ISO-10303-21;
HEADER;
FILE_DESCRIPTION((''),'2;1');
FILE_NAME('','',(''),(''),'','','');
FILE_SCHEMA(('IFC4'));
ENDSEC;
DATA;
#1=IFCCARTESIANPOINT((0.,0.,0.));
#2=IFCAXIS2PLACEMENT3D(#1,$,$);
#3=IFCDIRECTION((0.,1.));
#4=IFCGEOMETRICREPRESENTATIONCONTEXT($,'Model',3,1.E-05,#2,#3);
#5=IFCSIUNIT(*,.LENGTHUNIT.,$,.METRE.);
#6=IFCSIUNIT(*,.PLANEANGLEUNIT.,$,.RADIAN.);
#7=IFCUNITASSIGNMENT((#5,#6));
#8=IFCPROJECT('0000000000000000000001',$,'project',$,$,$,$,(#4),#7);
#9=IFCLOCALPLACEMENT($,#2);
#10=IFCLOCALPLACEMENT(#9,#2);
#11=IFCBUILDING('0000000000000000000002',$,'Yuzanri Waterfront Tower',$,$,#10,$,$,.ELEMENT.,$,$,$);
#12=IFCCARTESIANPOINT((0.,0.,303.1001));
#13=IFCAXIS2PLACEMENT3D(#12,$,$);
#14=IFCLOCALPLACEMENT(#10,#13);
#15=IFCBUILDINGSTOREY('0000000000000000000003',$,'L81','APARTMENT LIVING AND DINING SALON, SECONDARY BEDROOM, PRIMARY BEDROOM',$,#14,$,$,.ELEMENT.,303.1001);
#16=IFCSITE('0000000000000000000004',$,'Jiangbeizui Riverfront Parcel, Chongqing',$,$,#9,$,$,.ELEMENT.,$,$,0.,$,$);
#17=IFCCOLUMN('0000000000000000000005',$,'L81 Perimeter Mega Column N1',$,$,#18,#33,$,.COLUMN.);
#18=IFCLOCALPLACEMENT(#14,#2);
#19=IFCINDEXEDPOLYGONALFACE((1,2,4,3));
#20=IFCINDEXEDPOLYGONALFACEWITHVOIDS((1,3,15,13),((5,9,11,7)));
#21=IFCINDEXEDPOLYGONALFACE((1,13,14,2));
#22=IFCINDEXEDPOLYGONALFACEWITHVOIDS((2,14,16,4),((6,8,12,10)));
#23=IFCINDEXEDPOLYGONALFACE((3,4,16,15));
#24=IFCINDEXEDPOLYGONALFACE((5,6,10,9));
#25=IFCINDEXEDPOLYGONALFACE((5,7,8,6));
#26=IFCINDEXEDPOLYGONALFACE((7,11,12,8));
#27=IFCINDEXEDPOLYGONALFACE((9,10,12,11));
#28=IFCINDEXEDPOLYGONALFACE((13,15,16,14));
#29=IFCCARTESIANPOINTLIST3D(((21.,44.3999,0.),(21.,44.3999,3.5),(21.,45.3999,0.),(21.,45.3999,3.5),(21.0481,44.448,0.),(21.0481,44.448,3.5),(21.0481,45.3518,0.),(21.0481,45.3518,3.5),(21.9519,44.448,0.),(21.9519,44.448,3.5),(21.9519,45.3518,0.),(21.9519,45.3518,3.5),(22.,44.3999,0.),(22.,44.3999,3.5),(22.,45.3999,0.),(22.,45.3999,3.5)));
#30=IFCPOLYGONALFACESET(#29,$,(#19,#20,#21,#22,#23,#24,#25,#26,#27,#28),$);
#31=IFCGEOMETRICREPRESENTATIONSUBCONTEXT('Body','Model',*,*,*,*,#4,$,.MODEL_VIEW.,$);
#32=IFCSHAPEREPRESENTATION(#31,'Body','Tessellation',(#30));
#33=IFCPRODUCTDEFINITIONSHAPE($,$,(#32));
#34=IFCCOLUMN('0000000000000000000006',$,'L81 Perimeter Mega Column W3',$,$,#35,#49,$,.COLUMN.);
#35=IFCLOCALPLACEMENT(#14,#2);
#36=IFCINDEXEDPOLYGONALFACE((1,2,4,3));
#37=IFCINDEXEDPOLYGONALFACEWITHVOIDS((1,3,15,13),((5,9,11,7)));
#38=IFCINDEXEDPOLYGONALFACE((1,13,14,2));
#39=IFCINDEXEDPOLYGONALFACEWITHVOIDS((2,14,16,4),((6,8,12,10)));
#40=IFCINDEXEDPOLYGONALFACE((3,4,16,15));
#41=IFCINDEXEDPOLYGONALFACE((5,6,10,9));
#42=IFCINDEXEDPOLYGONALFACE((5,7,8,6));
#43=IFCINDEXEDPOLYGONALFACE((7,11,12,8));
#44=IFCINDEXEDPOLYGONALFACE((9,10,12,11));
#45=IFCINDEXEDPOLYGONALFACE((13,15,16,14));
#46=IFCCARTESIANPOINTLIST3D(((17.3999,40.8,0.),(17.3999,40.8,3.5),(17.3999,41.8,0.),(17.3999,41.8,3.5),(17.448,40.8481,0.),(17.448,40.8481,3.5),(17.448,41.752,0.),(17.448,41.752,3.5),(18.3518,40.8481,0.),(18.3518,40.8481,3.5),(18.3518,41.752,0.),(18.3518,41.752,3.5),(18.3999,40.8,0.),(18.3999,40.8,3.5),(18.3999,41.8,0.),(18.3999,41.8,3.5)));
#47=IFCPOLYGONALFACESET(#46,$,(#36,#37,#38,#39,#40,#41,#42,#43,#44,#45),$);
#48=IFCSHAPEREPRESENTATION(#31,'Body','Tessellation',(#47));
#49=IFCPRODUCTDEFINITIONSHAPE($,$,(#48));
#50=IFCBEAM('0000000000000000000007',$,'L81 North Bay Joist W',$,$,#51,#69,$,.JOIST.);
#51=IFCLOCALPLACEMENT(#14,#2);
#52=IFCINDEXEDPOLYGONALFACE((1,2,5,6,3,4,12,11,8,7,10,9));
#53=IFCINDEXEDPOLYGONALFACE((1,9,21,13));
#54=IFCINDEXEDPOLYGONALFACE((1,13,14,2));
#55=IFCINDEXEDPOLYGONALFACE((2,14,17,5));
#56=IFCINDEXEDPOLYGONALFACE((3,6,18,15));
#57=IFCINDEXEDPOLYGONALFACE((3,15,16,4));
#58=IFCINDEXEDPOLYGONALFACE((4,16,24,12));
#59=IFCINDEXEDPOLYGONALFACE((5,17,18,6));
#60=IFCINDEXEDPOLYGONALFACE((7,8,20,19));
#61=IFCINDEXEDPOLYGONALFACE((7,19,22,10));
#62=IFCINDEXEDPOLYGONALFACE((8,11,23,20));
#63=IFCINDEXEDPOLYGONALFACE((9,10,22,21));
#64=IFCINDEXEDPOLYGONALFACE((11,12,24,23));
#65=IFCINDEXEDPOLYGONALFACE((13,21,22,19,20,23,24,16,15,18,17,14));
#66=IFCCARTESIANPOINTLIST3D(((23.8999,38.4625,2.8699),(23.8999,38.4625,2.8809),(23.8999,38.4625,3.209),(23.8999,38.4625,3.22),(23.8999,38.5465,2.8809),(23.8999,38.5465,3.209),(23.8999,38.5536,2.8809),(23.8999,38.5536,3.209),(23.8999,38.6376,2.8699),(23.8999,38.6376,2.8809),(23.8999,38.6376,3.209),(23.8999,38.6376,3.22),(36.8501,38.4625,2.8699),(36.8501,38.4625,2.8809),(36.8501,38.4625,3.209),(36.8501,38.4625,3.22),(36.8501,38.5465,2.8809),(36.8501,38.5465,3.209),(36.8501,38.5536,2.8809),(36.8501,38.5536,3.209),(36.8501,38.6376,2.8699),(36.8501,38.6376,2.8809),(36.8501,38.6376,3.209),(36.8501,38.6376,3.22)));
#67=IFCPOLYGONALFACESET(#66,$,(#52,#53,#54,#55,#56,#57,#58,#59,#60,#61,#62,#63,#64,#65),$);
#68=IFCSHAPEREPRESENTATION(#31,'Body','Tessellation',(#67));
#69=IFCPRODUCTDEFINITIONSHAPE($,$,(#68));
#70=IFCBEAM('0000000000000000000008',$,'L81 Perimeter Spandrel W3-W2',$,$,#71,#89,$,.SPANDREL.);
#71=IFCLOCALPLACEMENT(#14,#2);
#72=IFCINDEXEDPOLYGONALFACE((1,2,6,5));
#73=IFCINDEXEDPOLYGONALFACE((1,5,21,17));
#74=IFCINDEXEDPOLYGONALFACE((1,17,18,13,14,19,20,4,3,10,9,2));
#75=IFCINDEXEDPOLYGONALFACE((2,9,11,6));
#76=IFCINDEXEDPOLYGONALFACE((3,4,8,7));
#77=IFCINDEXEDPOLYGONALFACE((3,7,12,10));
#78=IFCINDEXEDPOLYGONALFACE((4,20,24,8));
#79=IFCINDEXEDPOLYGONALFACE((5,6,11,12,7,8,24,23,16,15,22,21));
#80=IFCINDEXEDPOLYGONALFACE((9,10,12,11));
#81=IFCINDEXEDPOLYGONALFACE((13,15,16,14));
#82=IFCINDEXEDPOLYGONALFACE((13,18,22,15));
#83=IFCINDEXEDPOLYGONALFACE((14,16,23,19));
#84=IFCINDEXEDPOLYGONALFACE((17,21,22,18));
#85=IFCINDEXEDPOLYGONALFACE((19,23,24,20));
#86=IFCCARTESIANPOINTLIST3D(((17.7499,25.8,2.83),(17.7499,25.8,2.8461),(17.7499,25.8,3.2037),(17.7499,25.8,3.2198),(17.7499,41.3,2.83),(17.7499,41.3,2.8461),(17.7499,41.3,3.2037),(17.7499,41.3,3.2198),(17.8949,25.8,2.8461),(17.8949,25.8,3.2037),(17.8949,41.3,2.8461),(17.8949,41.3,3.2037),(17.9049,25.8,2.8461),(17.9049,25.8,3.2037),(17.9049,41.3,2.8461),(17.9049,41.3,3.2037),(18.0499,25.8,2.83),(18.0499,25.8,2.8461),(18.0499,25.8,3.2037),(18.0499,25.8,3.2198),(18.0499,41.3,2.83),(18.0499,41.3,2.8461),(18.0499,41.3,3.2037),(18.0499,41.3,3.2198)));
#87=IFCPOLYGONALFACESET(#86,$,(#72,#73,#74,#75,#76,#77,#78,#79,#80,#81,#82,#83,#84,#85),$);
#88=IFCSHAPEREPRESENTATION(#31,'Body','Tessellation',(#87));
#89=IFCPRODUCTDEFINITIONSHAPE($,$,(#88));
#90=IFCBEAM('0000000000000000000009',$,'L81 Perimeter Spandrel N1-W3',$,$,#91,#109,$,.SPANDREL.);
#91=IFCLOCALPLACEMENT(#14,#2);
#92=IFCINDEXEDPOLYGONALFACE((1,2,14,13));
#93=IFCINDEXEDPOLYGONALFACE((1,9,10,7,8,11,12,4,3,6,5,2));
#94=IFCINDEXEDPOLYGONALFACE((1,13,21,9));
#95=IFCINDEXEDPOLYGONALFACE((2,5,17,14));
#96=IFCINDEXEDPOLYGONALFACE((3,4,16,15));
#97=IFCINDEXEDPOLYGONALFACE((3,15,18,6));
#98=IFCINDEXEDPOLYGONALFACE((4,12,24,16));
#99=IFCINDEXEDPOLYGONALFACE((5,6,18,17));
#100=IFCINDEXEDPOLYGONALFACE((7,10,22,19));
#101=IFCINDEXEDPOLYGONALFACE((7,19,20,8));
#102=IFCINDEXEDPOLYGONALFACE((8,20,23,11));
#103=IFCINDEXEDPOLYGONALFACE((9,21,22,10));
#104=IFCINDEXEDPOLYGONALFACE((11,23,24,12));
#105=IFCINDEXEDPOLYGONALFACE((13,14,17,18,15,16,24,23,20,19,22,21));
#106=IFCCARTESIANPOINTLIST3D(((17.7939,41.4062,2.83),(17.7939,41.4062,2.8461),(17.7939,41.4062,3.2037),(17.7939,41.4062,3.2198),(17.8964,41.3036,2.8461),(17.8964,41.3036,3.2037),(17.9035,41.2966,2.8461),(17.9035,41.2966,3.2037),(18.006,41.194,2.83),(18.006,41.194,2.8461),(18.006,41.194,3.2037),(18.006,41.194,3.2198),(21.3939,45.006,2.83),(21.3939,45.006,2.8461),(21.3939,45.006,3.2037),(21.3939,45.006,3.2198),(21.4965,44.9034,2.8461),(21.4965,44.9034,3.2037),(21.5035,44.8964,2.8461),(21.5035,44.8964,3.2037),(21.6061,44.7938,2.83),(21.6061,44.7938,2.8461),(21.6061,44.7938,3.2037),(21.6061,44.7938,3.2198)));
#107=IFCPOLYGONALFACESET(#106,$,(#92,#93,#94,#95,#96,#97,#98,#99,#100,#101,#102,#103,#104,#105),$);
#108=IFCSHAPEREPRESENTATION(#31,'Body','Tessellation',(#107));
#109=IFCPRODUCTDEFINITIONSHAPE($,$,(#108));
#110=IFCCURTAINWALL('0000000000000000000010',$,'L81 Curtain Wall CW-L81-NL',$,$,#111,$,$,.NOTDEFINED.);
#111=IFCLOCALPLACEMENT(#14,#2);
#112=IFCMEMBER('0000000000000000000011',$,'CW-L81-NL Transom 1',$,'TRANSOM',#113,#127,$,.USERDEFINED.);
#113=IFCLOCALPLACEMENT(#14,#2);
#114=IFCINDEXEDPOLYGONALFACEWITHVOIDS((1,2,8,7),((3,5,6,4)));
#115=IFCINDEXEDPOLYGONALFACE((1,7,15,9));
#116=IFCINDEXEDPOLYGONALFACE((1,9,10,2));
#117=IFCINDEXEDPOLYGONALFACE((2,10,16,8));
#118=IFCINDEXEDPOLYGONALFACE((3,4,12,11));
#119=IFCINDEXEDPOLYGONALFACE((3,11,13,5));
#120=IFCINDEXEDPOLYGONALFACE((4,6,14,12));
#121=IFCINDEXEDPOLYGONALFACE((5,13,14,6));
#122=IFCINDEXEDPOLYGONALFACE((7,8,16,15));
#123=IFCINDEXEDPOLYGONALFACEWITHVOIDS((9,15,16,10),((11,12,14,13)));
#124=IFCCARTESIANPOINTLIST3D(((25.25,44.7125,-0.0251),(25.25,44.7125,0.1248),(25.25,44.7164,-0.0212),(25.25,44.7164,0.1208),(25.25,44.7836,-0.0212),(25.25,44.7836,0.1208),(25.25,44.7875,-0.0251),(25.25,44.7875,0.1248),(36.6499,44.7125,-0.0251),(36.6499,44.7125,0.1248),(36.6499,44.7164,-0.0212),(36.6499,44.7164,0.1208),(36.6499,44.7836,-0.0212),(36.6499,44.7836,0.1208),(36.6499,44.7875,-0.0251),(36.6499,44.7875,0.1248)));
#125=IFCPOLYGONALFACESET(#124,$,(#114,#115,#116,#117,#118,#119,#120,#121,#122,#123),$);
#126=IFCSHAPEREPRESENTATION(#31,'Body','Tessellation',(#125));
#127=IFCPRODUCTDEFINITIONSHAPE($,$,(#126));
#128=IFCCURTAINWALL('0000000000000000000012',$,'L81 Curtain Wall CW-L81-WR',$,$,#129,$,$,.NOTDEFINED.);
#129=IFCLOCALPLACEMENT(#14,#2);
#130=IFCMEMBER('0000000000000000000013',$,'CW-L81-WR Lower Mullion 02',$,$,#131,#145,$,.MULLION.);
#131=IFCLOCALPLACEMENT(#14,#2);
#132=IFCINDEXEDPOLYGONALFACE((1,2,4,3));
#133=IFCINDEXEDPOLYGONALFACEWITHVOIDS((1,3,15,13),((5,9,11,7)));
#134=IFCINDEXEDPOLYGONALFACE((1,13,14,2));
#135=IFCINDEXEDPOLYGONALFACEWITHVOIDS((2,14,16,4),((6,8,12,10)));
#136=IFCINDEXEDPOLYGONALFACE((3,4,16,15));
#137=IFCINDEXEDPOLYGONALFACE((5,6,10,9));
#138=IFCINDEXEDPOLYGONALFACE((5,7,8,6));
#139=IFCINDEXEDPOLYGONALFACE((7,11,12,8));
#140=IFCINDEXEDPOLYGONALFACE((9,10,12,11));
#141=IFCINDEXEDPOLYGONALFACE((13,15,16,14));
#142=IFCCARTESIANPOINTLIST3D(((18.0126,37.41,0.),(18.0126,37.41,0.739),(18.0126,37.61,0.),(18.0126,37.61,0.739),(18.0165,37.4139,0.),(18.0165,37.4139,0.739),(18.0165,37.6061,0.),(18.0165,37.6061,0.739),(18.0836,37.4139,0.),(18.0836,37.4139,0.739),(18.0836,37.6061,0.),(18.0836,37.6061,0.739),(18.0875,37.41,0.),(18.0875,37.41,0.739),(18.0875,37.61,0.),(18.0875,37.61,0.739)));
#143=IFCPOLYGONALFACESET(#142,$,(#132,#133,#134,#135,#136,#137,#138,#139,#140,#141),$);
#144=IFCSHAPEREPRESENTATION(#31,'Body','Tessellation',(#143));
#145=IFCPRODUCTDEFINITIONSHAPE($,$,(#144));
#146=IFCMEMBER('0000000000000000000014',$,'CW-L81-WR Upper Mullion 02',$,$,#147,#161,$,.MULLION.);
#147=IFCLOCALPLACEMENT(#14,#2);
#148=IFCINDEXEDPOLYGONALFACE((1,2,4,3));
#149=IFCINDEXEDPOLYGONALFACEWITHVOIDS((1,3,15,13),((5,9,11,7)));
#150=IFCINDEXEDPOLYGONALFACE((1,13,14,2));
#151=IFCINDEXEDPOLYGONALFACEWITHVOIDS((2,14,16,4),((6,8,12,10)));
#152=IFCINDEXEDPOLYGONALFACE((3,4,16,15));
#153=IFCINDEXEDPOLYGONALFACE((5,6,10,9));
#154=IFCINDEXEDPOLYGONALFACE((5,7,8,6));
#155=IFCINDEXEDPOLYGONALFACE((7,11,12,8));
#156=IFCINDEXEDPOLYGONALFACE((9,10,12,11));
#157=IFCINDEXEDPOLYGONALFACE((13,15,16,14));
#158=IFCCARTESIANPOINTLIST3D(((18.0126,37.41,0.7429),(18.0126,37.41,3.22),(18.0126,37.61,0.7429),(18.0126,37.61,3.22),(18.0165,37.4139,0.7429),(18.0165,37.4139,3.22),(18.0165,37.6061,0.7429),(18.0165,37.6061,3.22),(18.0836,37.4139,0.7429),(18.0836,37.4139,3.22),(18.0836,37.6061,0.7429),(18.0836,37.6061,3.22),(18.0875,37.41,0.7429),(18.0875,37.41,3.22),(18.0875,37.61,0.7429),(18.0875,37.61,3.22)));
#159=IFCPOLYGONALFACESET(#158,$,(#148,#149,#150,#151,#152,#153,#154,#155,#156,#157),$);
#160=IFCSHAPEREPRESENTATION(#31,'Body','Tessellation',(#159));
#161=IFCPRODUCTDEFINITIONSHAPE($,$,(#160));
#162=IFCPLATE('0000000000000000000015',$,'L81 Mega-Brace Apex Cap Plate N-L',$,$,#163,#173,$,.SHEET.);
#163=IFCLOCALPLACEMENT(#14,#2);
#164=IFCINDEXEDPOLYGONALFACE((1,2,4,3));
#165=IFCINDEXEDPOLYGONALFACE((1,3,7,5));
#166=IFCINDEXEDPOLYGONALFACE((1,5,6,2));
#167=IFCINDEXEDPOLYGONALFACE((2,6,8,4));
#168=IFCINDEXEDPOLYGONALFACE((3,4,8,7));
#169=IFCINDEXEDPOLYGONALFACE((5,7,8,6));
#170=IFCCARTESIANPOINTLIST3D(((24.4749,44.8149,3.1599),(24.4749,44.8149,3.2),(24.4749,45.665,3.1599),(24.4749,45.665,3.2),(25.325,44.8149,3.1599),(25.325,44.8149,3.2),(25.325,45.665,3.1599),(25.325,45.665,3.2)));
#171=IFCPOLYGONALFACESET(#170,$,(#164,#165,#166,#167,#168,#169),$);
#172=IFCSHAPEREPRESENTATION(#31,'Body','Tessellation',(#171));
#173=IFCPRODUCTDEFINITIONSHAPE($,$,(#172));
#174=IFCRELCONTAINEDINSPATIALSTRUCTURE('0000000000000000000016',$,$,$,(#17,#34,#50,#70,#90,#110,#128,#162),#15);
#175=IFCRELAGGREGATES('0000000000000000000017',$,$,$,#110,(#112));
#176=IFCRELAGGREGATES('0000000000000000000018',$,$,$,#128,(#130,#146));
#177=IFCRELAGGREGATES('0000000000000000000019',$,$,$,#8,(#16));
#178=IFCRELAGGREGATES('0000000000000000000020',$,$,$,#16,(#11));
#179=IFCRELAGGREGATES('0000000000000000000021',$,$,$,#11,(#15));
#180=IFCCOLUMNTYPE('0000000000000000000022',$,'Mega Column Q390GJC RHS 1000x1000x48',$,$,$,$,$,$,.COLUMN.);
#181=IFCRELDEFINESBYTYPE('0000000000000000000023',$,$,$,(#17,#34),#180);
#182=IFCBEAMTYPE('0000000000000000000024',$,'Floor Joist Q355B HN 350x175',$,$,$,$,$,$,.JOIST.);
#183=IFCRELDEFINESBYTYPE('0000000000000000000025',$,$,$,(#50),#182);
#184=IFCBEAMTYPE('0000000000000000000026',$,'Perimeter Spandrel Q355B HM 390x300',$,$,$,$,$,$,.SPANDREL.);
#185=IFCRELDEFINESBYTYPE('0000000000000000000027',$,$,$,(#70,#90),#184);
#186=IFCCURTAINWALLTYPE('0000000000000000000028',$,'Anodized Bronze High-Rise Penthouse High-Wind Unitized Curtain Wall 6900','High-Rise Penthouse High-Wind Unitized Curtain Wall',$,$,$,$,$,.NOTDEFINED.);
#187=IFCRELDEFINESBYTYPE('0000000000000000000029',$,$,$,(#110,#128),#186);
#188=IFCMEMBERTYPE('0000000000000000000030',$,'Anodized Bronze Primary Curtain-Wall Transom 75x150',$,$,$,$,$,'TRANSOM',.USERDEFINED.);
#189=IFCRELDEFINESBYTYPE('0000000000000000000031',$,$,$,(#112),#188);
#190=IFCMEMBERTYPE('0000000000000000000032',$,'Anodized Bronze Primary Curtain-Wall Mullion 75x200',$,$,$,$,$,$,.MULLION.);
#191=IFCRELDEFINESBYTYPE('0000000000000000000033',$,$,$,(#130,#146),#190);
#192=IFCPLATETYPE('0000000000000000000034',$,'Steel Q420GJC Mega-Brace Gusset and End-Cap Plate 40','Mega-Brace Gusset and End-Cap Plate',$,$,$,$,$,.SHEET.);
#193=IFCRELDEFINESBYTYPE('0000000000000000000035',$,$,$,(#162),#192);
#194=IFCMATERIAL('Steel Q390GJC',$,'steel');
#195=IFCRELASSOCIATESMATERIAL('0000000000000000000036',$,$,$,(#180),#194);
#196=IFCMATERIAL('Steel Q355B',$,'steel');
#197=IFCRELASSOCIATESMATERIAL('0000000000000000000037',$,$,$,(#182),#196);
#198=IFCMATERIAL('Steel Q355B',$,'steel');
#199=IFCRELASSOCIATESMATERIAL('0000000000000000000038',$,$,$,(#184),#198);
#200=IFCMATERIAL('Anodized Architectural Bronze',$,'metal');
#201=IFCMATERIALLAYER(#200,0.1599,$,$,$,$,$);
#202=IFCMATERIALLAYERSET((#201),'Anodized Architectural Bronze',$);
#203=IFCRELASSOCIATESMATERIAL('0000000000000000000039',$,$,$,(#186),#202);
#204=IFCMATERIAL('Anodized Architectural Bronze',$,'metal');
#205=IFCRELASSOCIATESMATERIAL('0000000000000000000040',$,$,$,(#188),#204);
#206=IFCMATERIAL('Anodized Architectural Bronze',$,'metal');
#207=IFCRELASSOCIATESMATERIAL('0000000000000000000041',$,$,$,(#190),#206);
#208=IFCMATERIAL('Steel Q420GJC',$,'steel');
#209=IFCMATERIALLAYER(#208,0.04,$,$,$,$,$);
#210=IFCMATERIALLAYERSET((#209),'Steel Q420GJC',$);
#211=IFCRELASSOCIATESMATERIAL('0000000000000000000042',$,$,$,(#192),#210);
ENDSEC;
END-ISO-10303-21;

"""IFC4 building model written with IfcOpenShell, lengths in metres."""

from ifc_helpers import new_model, si_unit, direction, frame, origin, origin_2d, place, context, subcontext, project, spatial, rectangle, hollow_rectangle, i_section, extrude, source, transform, mapped, material, layer, layer_set, material_profile, profile_set, type_object, element, aggregate, save


model = new_model("IFC4")

# Units and contexts
model_context = context("Model", 3, precision=1e-05, world=origin(), true_north=direction((0.0, 1.0)))
body_context = subcontext(model_context, "Body", "Model", "MODEL_VIEW")
ifc_project = project(units=[si_unit("LENGTHUNIT", "METRE"), si_unit("PLANEANGLEUNIT", "RADIAN")], contexts=[model_context])

# Site, building, storey
site_placement = place(None, origin())
site = spatial("IfcSite", under=ifc_project, at=site_placement, Name="Jiangbeizui Riverfront Parcel, Chongqing", CompositionType="ELEMENT", RefElevation=0.0)
building_placement = place(site_placement, origin())
building = spatial("IfcBuilding", under=site, at=building_placement, Name="Yuzanri Waterfront Tower", CompositionType="ELEMENT")
storey_placement = place(building_placement, frame((0.0, 0.0, 303.1001)))
storey = spatial("IfcBuildingStorey", under=building, at=storey_placement, Name="L81", Description="APARTMENT LIVING AND DINING SALON, SECONDARY BEDROOM, PRIMARY BEDROOM", CompositionType="ELEMENT", Elevation=303.1001)

# Columns
ifc_material_1 = material(Name="Steel Q390GJC", Category="steel")
ifc_material_profile_1 = material_profile(ifc_material_1, hollow_rectangle(XDim=1.0, YDim=1.0, WallThickness=0.0481, at=origin_2d()), Name="RHS 1000x1000x48")
ifc_profile_set_1 = profile_set([ifc_material_profile_1], Name="Steel Q390GJC")
column_type = type_object("IfcColumnType", Name="Mega Column Q390GJC RHS 1000x1000x48", PredefinedType="COLUMN", material=ifc_profile_set_1)
shared_shape_1 = source(origin(), body_context, "Body", "SweptSolid", [
    extrude(hollow_rectangle(XDim=1.0, YDim=1.0, WallThickness=0.0481, at=origin_2d()), origin(), (0.0, 0.0, 1.0), 3.5),
])
for number, where, z_axis, x_axis, name in (
    (1, (21.5, 44.8999, 0.0), (0.0, 0.0, 1.0), (1.0, 0.0, 0.0), "L81 Perimeter Mega Column N1"),
    (2, (17.8999, 41.3, 0.0), (0.0, 0.0, 1.0), (1.0, 0.0, 0.0), "L81 Perimeter Mega Column W3"),
):
    element("IfcColumn", number, at=place(storey_placement, frame(where, z_axis=z_axis, x_axis=x_axis)), inside=storey, type_object=column_type, Name=name, PredefinedType="COLUMN", context=body_context, shape_type="MappedRepresentation", body=[
        mapped(shared_shape_1, transform((0.0, 0.0, 0.0), scale=1.0)),
    ])

# Beams
ifc_material_2 = material(Name="Steel Q355B", Category="steel")
ifc_material_profile_2 = material_profile(ifc_material_2, i_section(OverallWidth=0.175, OverallDepth=0.3501, WebThickness=0.0071, FlangeThickness=0.011, at=origin_2d()), Name="HN 350x175x7x11")
ifc_profile_set_2 = profile_set([ifc_material_profile_2], Name="Steel Q355B")
beam_type_1 = type_object("IfcBeamType", Name="Floor Joist Q355B HN 350x175", PredefinedType="JOIST", material=ifc_profile_set_2)
shared_shape_2 = source(origin(), body_context, "Body", "SweptSolid", [
    extrude(i_section(OverallWidth=0.175, OverallDepth=0.3501, WebThickness=0.0071, FlangeThickness=0.011, at=origin_2d()), origin(), (0.0, 0.0, 1.0), 12.9502),
])
beam_1_placement = place(storey_placement, frame((23.8999, 38.55, 3.0449), z_axis=(1.0, 0.0, 0.0), x_axis=(0.0, 1.0, 0.0)))
element("IfcBeam", 3, at=beam_1_placement, inside=storey, type_object=beam_type_1, Name="L81 North Bay Joist W", PredefinedType="JOIST", context=body_context, shape_type="MappedRepresentation", body=[
    mapped(shared_shape_2, transform((0.0, 0.0, 0.0), scale=1.0)),
])
ifc_material_3 = material(Name="Steel Q355B", Category="steel")
ifc_material_profile_3 = material_profile(ifc_material_3, i_section(OverallWidth=0.3, OverallDepth=0.3899, WebThickness=0.01, FlangeThickness=0.0161, at=origin_2d()), Name="HM 390x300x10x16")
ifc_profile_set_3 = profile_set([ifc_material_profile_3], Name="Steel Q355B")
beam_type_2 = type_object("IfcBeamType", Name="Perimeter Spandrel Q355B HM 390x300", PredefinedType="SPANDREL", material=ifc_profile_set_3)
shared_shape_3 = source(origin(), body_context, "Body", "SweptSolid", [
    extrude(i_section(OverallWidth=0.3, OverallDepth=0.3899, WebThickness=0.01, FlangeThickness=0.0161, at=origin_2d()), origin(), (0.0, 0.0, 1.0), 15.5),
])
beam_2_placement = place(storey_placement, frame((17.8999, 41.3, 3.0249), z_axis=(0.0, -1.0, 0.0), x_axis=(1.0, 0.0, 0.0)))
element("IfcBeam", 4, at=beam_2_placement, inside=storey, type_object=beam_type_2, Name="L81 Perimeter Spandrel W3-W2", PredefinedType="SPANDREL", context=body_context, shape_type="MappedRepresentation", body=[
    mapped(shared_shape_3, transform((0.0, 0.0, 0.0), scale=1.0)),
])
shared_shape_4 = source(origin(), body_context, "Body", "SweptSolid", [
    extrude(i_section(OverallWidth=0.3, OverallDepth=0.3899, WebThickness=0.01, FlangeThickness=0.0161, at=origin_2d()), origin(), (0.0, 0.0, 1.0), 5.0911),
])
beam_3_placement = place(storey_placement, frame((21.5, 44.8999, 3.0249), z_axis=(-0.707131, -0.707083, 0.0), x_axis=(0.707083, -0.707131, 0.0)))
element("IfcBeam", 5, at=beam_3_placement, inside=storey, type_object=beam_type_2, Name="L81 Perimeter Spandrel N1-W3", PredefinedType="SPANDREL", context=body_context, shape_type="MappedRepresentation", body=[
    mapped(shared_shape_4, transform((0.0, 0.0, 0.0), scale=1.0)),
])

# Curtain wall, member
ifc_material_4 = material(Name="Anodized Architectural Bronze", Category="metal")
ifc_layer_1 = layer(ifc_material_4, 0.1599)
ifc_layer_set_1 = layer_set([ifc_layer_1], Name="Anodized Architectural Bronze")
curtain_wall_type = type_object("IfcCurtainWallType", Name="Anodized Bronze High-Rise Penthouse High-Wind Unitized Curtain Wall 6900", Description="High-Rise Penthouse High-Wind Unitized Curtain Wall", PredefinedType="NOTDEFINED", material=ifc_layer_set_1)
curtain_wall_1_placement = place(storey_placement, origin())
curtain_wall_1 = element("IfcCurtainWall", 6, at=curtain_wall_1_placement, inside=storey, type_object=curtain_wall_type, Name="L81 Curtain Wall CW-L81-NL", PredefinedType="NOTDEFINED")
ifc_material_5 = material(Name="Anodized Architectural Bronze", Category="metal")
ifc_material_profile_4 = material_profile(ifc_material_5, hollow_rectangle(XDim=0.075, YDim=0.1499, WallThickness=0.0039, at=origin_2d()), Name="CWT 75x150")
ifc_profile_set_4 = profile_set([ifc_material_profile_4], Name="Anodized Architectural Bronze")
member_type_1 = type_object("IfcMemberType", Name="Anodized Bronze Primary Curtain-Wall Transom 75x150", ElementType="TRANSOM", PredefinedType="USERDEFINED", material=ifc_profile_set_4)
shared_shape_5 = source(origin(), body_context, "Body", "SweptSolid", [
    extrude(hollow_rectangle(XDim=0.075, YDim=0.1499, WallThickness=0.0039, at=origin_2d()), origin(), (0.0, 0.0, 1.0), 11.3999),
])
member_1_placement = place(storey_placement, frame((25.25, 44.75, 0.0498), z_axis=(1.0, 0.0, 0.0), x_axis=(0.0, 1.0, 0.0)))
member_1 = element("IfcMember", 7, at=member_1_placement, type_object=member_type_1, Name="CW-L81-NL Transom 1", ObjectType="TRANSOM", PredefinedType="USERDEFINED", context=body_context, shape_type="MappedRepresentation", body=[
    mapped(shared_shape_5, transform((0.0, 0.0, 0.0), scale=1.0)),
])
aggregate(curtain_wall_1, [member_1])

# Curtain wall, members
curtain_wall_2_placement = place(storey_placement, origin())
curtain_wall_2 = element("IfcCurtainWall", 8, at=curtain_wall_2_placement, inside=storey, type_object=curtain_wall_type, Name="L81 Curtain Wall CW-L81-WR", PredefinedType="NOTDEFINED")
ifc_material_6 = material(Name="Anodized Architectural Bronze", Category="metal")
ifc_material_profile_5 = material_profile(ifc_material_6, hollow_rectangle(XDim=0.075, YDim=0.2, WallThickness=0.0039, at=origin_2d()), Name="CWM 75x200")
ifc_profile_set_5 = profile_set([ifc_material_profile_5], Name="Anodized Architectural Bronze")
member_type_2 = type_object("IfcMemberType", Name="Anodized Bronze Primary Curtain-Wall Mullion 75x200", PredefinedType="MULLION", material=ifc_profile_set_5)
shared_shape_6 = source(origin(), body_context, "Body", "SweptSolid", [
    extrude(hollow_rectangle(XDim=0.075, YDim=0.2, WallThickness=0.0039, at=origin_2d()), origin(), (0.0, 0.0, 1.0), 0.739),
])
member_2_placement = place(storey_placement, frame((18.05, 37.51, 0.0), z_axis=(0.0, 0.0, 1.0), x_axis=(1.0, 0.0, 0.0)))
member_2 = element("IfcMember", 9, at=member_2_placement, type_object=member_type_2, Name="CW-L81-WR Lower Mullion 02", PredefinedType="MULLION", context=body_context, shape_type="MappedRepresentation", body=[
    mapped(shared_shape_6, transform((0.0, 0.0, 0.0), scale=1.0)),
])
shared_shape_7 = source(origin(), body_context, "Body", "SweptSolid", [
    extrude(hollow_rectangle(XDim=0.075, YDim=0.2, WallThickness=0.0039, at=origin_2d()), origin(), (0.0, 0.0, 1.0), 2.4771),
])
member_3_placement = place(storey_placement, frame((18.05, 37.51, 0.7429), z_axis=(0.0, 0.0, 1.0), x_axis=(1.0, 0.0, 0.0)))
member_3 = element("IfcMember", 10, at=member_3_placement, type_object=member_type_2, Name="CW-L81-WR Upper Mullion 02", PredefinedType="MULLION", context=body_context, shape_type="MappedRepresentation", body=[
    mapped(shared_shape_7, transform((0.0, 0.0, 0.0), scale=1.0)),
])

# Plate
ifc_material_7 = material(Name="Steel Q420GJC", Category="steel")
ifc_layer_2 = layer(ifc_material_7, 0.04)
ifc_layer_set_2 = layer_set([ifc_layer_2], Name="Steel Q420GJC")
plate_type_1 = type_object("IfcPlateType", Name="Steel Q420GJC Mega-Brace Gusset and End-Cap Plate 40", Description="Mega-Brace Gusset and End-Cap Plate", PredefinedType="SHEET", material=ifc_layer_set_2)
shared_shape_8 = source(origin(), body_context, "Body", "SweptSolid", [
    extrude(rectangle(XDim=0.8501, YDim=0.8501, at=origin_2d()), origin(), (0.0, 0.0, 1.0), 0.04),
])
for number, where, z_axis, x_axis, name in (
    (11, (24.8999, 45.24, 3.1599), (0.0, 0.0, 1.0), (1.0, 0.0, 0.0), "L81 Mega-Brace Apex Cap Plate N-L"),
):
    element("IfcPlate", number, at=place(storey_placement, frame(where, z_axis=z_axis, x_axis=x_axis)), inside=storey, type_object=plate_type_1, Name=name, PredefinedType="SHEET", context=body_context, shape_type="MappedRepresentation", body=[
        mapped(shared_shape_8, transform((0.0, 0.0, 0.0), scale=1.0)),
    ])

aggregate(curtain_wall_2, [member_2, member_3])

save(model, "model.ifc")
